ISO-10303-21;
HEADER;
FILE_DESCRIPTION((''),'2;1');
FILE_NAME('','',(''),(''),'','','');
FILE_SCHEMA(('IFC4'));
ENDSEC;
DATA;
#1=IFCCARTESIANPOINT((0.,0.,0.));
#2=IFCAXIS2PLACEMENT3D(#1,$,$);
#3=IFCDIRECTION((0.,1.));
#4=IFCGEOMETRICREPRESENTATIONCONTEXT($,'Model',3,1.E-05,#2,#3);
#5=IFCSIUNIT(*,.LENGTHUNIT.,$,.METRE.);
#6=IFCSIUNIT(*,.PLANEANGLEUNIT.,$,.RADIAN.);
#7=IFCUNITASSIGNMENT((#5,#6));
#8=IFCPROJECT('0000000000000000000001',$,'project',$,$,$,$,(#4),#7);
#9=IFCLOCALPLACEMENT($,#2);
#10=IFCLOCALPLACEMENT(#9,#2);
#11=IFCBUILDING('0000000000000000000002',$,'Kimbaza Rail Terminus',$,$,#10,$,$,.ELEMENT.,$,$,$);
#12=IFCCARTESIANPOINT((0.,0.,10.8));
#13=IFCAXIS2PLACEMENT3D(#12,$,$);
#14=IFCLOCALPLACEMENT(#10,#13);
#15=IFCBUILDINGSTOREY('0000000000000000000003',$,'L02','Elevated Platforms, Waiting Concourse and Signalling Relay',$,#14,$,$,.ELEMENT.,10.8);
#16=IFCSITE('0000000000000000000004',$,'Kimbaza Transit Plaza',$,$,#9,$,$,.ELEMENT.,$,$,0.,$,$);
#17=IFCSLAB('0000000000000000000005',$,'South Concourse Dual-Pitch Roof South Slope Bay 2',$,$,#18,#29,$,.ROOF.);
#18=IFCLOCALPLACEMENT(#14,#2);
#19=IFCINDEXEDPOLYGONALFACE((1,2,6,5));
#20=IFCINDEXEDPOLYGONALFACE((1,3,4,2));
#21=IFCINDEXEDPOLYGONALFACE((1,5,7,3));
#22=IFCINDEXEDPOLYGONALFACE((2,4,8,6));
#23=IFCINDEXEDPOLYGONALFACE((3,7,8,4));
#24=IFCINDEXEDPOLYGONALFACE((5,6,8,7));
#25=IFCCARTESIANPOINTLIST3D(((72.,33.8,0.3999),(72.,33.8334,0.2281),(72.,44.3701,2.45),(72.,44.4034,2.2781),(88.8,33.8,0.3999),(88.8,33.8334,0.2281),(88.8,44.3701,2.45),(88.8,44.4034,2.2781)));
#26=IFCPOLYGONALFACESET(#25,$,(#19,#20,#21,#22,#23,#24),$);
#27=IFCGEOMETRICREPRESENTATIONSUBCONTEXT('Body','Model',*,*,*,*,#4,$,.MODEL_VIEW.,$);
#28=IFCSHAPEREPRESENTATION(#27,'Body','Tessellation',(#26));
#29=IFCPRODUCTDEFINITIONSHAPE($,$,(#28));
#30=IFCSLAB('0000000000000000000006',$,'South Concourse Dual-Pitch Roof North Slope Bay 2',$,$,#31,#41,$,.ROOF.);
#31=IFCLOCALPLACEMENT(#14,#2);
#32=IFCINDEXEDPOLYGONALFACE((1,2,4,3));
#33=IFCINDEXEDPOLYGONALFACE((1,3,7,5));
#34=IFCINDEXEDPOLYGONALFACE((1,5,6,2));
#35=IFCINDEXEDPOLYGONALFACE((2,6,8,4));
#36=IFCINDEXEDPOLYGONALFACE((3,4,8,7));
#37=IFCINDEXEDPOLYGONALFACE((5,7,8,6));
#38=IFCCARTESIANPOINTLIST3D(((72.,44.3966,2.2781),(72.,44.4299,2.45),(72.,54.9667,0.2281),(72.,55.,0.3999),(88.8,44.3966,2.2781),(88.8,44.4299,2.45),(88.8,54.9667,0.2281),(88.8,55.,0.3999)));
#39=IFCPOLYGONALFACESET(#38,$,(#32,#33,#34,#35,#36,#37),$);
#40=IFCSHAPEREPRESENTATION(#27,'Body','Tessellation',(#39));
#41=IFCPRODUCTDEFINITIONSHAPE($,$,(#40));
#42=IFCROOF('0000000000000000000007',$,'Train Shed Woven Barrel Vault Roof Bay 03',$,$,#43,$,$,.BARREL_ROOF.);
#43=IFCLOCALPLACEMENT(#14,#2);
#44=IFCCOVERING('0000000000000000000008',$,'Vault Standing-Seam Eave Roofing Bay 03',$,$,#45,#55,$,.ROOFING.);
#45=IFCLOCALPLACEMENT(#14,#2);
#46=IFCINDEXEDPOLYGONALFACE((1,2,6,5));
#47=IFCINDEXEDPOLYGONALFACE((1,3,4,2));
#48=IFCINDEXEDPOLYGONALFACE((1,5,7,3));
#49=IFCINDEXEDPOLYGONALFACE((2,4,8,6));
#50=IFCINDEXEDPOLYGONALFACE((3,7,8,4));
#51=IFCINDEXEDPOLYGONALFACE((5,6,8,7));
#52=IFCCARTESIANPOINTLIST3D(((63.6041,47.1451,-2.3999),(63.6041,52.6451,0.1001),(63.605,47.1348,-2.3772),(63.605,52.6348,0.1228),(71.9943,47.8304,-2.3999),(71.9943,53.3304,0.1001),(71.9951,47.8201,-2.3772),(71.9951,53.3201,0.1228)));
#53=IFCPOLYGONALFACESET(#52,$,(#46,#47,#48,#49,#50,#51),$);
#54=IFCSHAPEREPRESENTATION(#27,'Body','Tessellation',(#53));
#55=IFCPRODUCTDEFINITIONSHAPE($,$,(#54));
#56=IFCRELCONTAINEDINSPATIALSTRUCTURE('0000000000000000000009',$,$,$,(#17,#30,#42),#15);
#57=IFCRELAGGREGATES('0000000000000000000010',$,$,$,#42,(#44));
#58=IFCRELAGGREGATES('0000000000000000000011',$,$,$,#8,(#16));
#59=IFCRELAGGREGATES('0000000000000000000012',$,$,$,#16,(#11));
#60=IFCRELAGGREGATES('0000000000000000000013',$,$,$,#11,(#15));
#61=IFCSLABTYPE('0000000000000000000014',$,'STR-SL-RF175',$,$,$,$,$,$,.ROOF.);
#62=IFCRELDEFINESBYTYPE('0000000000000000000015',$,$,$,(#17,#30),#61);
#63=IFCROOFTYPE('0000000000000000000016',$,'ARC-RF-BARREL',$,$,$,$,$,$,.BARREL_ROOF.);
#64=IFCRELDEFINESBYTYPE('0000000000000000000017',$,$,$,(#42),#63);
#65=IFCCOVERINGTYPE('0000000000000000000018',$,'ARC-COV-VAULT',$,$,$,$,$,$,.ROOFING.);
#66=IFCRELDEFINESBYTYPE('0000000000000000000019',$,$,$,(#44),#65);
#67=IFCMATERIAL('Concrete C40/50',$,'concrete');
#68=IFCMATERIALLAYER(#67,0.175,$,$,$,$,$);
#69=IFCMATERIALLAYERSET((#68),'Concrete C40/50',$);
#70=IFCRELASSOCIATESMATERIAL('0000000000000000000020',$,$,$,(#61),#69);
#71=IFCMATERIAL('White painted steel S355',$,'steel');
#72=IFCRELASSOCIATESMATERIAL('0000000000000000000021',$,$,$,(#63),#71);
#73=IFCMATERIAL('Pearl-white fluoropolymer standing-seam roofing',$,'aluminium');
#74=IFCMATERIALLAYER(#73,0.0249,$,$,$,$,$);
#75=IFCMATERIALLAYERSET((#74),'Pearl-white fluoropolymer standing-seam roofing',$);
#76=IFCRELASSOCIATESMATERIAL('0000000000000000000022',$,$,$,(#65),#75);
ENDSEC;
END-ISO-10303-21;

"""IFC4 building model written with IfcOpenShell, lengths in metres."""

from ifc_helpers import new_model, si_unit, direction, frame, origin, place, context, subcontext, project, spatial, polyline, outline, extrude, material, layer, layer_set, type_object, element, aggregate, save


model = new_model("IFC4")

# Units and contexts
model_context = context("Model", 3, precision=1e-05, world=origin(), true_north=direction((0.0, 1.0)))
body_context = subcontext(model_context, "Body", "Model", "MODEL_VIEW")
ifc_project = project(units=[si_unit("LENGTHUNIT", "METRE"), si_unit("PLANEANGLEUNIT", "RADIAN")], contexts=[model_context])

# Site, building, storey
site_placement = place(None, origin())
site = spatial("IfcSite", under=ifc_project, at=site_placement, Name="Kimbaza Transit Plaza", CompositionType="ELEMENT", RefElevation=0.0)
building_placement = place(site_placement, origin())
building = spatial("IfcBuilding", under=site, at=building_placement, Name="Kimbaza Rail Terminus", CompositionType="ELEMENT")
storey_placement = place(building_placement, frame((0.0, 0.0, 10.8)))
storey = spatial("IfcBuildingStorey", under=building, at=storey_placement, Name="L02", Description="Elevated Platforms, Waiting Concourse and Signalling Relay", CompositionType="ELEMENT", Elevation=10.8)

# Slabs
ifc_material_1 = material(Name="Concrete C40/50", Category="concrete")
ifc_layer_1 = layer(ifc_material_1, 0.175)
ifc_layer_set_1 = layer_set([ifc_layer_1], Name="Concrete C40/50")
slab_type_1 = type_object("IfcSlabType", Name="STR-SL-RF175", PredefinedType="ROOF", material=ifc_layer_set_1)
for number, where, z_axis, x_axis, name in (
    (1, (72.0, 33.8, 0.3999), (0.0, -0.1904, 0.981706), (1.0, 0.0, 0.0), "South Concourse Dual-Pitch Roof South Slope Bay 2"),
    (2, (72.0, 44.4299, 2.45), (0.0, 0.1904, 0.981706), (1.0, 0.0, 0.0), "South Concourse Dual-Pitch Roof North Slope Bay 2"),
):
    element("IfcSlab", number, at=place(storey_placement, frame(where, z_axis=z_axis, x_axis=x_axis)), inside=storey, type_object=slab_type_1, Name=name, PredefinedType="ROOF", context=body_context, shape_type="SweptSolid", body=[
        extrude(outline(polyline([(0.0, 0.0), (16.8, 0.0), (16.8, 10.767), (0.0, 10.767), (0.0, 0.0)])), origin(), (0.0, 0.0, -1.0), 0.175),
    ])

# Roof, covering
ifc_material_2 = material(Name="White painted steel S355", Category="steel")
roof_type = type_object("IfcRoofType", Name="ARC-RF-BARREL", PredefinedType="BARREL_ROOF", material=ifc_material_2)
roof_placement = place(storey_placement, origin())
roof = element("IfcRoof", 3, at=roof_placement, inside=storey, type_object=roof_type, Name="Train Shed Woven Barrel Vault Roof Bay 03", PredefinedType="BARREL_ROOF")
ifc_material_3 = material(Name="Pearl-white fluoropolymer standing-seam roofing", Category="aluminium")
ifc_layer_2 = layer(ifc_material_3, 0.0249)
ifc_layer_set_2 = layer_set([ifc_layer_2], Name="Pearl-white fluoropolymer standing-seam roofing")
covering_type = type_object("IfcCoveringType", Name="ARC-COV-VAULT", PredefinedType="ROOFING", material=ifc_layer_set_2)
covering_placement = place(storey_placement, frame((63.605, 47.1348, -2.3772), z_axis=(0.03378, -0.413567, 0.909847), x_axis=(0.996681, 0.081408, 0.0)))
covering = element("IfcCovering", 4, at=covering_placement, type_object=covering_type, Name="Vault Standing-Seam Eave Roofing Bay 03", PredefinedType="ROOFING", context=body_context, shape_type="SweptSolid", body=[
    extrude(outline(polyline([(0.0, 0.0), (8.4181, 0.0), (8.8658, 6.0249), (0.4477, 6.0249), (0.0, 0.0)])), origin(), (0.0, 0.0, -1.0), 0.0249),
])
aggregate(roof, [covering])

save(model, "model.ifc")
